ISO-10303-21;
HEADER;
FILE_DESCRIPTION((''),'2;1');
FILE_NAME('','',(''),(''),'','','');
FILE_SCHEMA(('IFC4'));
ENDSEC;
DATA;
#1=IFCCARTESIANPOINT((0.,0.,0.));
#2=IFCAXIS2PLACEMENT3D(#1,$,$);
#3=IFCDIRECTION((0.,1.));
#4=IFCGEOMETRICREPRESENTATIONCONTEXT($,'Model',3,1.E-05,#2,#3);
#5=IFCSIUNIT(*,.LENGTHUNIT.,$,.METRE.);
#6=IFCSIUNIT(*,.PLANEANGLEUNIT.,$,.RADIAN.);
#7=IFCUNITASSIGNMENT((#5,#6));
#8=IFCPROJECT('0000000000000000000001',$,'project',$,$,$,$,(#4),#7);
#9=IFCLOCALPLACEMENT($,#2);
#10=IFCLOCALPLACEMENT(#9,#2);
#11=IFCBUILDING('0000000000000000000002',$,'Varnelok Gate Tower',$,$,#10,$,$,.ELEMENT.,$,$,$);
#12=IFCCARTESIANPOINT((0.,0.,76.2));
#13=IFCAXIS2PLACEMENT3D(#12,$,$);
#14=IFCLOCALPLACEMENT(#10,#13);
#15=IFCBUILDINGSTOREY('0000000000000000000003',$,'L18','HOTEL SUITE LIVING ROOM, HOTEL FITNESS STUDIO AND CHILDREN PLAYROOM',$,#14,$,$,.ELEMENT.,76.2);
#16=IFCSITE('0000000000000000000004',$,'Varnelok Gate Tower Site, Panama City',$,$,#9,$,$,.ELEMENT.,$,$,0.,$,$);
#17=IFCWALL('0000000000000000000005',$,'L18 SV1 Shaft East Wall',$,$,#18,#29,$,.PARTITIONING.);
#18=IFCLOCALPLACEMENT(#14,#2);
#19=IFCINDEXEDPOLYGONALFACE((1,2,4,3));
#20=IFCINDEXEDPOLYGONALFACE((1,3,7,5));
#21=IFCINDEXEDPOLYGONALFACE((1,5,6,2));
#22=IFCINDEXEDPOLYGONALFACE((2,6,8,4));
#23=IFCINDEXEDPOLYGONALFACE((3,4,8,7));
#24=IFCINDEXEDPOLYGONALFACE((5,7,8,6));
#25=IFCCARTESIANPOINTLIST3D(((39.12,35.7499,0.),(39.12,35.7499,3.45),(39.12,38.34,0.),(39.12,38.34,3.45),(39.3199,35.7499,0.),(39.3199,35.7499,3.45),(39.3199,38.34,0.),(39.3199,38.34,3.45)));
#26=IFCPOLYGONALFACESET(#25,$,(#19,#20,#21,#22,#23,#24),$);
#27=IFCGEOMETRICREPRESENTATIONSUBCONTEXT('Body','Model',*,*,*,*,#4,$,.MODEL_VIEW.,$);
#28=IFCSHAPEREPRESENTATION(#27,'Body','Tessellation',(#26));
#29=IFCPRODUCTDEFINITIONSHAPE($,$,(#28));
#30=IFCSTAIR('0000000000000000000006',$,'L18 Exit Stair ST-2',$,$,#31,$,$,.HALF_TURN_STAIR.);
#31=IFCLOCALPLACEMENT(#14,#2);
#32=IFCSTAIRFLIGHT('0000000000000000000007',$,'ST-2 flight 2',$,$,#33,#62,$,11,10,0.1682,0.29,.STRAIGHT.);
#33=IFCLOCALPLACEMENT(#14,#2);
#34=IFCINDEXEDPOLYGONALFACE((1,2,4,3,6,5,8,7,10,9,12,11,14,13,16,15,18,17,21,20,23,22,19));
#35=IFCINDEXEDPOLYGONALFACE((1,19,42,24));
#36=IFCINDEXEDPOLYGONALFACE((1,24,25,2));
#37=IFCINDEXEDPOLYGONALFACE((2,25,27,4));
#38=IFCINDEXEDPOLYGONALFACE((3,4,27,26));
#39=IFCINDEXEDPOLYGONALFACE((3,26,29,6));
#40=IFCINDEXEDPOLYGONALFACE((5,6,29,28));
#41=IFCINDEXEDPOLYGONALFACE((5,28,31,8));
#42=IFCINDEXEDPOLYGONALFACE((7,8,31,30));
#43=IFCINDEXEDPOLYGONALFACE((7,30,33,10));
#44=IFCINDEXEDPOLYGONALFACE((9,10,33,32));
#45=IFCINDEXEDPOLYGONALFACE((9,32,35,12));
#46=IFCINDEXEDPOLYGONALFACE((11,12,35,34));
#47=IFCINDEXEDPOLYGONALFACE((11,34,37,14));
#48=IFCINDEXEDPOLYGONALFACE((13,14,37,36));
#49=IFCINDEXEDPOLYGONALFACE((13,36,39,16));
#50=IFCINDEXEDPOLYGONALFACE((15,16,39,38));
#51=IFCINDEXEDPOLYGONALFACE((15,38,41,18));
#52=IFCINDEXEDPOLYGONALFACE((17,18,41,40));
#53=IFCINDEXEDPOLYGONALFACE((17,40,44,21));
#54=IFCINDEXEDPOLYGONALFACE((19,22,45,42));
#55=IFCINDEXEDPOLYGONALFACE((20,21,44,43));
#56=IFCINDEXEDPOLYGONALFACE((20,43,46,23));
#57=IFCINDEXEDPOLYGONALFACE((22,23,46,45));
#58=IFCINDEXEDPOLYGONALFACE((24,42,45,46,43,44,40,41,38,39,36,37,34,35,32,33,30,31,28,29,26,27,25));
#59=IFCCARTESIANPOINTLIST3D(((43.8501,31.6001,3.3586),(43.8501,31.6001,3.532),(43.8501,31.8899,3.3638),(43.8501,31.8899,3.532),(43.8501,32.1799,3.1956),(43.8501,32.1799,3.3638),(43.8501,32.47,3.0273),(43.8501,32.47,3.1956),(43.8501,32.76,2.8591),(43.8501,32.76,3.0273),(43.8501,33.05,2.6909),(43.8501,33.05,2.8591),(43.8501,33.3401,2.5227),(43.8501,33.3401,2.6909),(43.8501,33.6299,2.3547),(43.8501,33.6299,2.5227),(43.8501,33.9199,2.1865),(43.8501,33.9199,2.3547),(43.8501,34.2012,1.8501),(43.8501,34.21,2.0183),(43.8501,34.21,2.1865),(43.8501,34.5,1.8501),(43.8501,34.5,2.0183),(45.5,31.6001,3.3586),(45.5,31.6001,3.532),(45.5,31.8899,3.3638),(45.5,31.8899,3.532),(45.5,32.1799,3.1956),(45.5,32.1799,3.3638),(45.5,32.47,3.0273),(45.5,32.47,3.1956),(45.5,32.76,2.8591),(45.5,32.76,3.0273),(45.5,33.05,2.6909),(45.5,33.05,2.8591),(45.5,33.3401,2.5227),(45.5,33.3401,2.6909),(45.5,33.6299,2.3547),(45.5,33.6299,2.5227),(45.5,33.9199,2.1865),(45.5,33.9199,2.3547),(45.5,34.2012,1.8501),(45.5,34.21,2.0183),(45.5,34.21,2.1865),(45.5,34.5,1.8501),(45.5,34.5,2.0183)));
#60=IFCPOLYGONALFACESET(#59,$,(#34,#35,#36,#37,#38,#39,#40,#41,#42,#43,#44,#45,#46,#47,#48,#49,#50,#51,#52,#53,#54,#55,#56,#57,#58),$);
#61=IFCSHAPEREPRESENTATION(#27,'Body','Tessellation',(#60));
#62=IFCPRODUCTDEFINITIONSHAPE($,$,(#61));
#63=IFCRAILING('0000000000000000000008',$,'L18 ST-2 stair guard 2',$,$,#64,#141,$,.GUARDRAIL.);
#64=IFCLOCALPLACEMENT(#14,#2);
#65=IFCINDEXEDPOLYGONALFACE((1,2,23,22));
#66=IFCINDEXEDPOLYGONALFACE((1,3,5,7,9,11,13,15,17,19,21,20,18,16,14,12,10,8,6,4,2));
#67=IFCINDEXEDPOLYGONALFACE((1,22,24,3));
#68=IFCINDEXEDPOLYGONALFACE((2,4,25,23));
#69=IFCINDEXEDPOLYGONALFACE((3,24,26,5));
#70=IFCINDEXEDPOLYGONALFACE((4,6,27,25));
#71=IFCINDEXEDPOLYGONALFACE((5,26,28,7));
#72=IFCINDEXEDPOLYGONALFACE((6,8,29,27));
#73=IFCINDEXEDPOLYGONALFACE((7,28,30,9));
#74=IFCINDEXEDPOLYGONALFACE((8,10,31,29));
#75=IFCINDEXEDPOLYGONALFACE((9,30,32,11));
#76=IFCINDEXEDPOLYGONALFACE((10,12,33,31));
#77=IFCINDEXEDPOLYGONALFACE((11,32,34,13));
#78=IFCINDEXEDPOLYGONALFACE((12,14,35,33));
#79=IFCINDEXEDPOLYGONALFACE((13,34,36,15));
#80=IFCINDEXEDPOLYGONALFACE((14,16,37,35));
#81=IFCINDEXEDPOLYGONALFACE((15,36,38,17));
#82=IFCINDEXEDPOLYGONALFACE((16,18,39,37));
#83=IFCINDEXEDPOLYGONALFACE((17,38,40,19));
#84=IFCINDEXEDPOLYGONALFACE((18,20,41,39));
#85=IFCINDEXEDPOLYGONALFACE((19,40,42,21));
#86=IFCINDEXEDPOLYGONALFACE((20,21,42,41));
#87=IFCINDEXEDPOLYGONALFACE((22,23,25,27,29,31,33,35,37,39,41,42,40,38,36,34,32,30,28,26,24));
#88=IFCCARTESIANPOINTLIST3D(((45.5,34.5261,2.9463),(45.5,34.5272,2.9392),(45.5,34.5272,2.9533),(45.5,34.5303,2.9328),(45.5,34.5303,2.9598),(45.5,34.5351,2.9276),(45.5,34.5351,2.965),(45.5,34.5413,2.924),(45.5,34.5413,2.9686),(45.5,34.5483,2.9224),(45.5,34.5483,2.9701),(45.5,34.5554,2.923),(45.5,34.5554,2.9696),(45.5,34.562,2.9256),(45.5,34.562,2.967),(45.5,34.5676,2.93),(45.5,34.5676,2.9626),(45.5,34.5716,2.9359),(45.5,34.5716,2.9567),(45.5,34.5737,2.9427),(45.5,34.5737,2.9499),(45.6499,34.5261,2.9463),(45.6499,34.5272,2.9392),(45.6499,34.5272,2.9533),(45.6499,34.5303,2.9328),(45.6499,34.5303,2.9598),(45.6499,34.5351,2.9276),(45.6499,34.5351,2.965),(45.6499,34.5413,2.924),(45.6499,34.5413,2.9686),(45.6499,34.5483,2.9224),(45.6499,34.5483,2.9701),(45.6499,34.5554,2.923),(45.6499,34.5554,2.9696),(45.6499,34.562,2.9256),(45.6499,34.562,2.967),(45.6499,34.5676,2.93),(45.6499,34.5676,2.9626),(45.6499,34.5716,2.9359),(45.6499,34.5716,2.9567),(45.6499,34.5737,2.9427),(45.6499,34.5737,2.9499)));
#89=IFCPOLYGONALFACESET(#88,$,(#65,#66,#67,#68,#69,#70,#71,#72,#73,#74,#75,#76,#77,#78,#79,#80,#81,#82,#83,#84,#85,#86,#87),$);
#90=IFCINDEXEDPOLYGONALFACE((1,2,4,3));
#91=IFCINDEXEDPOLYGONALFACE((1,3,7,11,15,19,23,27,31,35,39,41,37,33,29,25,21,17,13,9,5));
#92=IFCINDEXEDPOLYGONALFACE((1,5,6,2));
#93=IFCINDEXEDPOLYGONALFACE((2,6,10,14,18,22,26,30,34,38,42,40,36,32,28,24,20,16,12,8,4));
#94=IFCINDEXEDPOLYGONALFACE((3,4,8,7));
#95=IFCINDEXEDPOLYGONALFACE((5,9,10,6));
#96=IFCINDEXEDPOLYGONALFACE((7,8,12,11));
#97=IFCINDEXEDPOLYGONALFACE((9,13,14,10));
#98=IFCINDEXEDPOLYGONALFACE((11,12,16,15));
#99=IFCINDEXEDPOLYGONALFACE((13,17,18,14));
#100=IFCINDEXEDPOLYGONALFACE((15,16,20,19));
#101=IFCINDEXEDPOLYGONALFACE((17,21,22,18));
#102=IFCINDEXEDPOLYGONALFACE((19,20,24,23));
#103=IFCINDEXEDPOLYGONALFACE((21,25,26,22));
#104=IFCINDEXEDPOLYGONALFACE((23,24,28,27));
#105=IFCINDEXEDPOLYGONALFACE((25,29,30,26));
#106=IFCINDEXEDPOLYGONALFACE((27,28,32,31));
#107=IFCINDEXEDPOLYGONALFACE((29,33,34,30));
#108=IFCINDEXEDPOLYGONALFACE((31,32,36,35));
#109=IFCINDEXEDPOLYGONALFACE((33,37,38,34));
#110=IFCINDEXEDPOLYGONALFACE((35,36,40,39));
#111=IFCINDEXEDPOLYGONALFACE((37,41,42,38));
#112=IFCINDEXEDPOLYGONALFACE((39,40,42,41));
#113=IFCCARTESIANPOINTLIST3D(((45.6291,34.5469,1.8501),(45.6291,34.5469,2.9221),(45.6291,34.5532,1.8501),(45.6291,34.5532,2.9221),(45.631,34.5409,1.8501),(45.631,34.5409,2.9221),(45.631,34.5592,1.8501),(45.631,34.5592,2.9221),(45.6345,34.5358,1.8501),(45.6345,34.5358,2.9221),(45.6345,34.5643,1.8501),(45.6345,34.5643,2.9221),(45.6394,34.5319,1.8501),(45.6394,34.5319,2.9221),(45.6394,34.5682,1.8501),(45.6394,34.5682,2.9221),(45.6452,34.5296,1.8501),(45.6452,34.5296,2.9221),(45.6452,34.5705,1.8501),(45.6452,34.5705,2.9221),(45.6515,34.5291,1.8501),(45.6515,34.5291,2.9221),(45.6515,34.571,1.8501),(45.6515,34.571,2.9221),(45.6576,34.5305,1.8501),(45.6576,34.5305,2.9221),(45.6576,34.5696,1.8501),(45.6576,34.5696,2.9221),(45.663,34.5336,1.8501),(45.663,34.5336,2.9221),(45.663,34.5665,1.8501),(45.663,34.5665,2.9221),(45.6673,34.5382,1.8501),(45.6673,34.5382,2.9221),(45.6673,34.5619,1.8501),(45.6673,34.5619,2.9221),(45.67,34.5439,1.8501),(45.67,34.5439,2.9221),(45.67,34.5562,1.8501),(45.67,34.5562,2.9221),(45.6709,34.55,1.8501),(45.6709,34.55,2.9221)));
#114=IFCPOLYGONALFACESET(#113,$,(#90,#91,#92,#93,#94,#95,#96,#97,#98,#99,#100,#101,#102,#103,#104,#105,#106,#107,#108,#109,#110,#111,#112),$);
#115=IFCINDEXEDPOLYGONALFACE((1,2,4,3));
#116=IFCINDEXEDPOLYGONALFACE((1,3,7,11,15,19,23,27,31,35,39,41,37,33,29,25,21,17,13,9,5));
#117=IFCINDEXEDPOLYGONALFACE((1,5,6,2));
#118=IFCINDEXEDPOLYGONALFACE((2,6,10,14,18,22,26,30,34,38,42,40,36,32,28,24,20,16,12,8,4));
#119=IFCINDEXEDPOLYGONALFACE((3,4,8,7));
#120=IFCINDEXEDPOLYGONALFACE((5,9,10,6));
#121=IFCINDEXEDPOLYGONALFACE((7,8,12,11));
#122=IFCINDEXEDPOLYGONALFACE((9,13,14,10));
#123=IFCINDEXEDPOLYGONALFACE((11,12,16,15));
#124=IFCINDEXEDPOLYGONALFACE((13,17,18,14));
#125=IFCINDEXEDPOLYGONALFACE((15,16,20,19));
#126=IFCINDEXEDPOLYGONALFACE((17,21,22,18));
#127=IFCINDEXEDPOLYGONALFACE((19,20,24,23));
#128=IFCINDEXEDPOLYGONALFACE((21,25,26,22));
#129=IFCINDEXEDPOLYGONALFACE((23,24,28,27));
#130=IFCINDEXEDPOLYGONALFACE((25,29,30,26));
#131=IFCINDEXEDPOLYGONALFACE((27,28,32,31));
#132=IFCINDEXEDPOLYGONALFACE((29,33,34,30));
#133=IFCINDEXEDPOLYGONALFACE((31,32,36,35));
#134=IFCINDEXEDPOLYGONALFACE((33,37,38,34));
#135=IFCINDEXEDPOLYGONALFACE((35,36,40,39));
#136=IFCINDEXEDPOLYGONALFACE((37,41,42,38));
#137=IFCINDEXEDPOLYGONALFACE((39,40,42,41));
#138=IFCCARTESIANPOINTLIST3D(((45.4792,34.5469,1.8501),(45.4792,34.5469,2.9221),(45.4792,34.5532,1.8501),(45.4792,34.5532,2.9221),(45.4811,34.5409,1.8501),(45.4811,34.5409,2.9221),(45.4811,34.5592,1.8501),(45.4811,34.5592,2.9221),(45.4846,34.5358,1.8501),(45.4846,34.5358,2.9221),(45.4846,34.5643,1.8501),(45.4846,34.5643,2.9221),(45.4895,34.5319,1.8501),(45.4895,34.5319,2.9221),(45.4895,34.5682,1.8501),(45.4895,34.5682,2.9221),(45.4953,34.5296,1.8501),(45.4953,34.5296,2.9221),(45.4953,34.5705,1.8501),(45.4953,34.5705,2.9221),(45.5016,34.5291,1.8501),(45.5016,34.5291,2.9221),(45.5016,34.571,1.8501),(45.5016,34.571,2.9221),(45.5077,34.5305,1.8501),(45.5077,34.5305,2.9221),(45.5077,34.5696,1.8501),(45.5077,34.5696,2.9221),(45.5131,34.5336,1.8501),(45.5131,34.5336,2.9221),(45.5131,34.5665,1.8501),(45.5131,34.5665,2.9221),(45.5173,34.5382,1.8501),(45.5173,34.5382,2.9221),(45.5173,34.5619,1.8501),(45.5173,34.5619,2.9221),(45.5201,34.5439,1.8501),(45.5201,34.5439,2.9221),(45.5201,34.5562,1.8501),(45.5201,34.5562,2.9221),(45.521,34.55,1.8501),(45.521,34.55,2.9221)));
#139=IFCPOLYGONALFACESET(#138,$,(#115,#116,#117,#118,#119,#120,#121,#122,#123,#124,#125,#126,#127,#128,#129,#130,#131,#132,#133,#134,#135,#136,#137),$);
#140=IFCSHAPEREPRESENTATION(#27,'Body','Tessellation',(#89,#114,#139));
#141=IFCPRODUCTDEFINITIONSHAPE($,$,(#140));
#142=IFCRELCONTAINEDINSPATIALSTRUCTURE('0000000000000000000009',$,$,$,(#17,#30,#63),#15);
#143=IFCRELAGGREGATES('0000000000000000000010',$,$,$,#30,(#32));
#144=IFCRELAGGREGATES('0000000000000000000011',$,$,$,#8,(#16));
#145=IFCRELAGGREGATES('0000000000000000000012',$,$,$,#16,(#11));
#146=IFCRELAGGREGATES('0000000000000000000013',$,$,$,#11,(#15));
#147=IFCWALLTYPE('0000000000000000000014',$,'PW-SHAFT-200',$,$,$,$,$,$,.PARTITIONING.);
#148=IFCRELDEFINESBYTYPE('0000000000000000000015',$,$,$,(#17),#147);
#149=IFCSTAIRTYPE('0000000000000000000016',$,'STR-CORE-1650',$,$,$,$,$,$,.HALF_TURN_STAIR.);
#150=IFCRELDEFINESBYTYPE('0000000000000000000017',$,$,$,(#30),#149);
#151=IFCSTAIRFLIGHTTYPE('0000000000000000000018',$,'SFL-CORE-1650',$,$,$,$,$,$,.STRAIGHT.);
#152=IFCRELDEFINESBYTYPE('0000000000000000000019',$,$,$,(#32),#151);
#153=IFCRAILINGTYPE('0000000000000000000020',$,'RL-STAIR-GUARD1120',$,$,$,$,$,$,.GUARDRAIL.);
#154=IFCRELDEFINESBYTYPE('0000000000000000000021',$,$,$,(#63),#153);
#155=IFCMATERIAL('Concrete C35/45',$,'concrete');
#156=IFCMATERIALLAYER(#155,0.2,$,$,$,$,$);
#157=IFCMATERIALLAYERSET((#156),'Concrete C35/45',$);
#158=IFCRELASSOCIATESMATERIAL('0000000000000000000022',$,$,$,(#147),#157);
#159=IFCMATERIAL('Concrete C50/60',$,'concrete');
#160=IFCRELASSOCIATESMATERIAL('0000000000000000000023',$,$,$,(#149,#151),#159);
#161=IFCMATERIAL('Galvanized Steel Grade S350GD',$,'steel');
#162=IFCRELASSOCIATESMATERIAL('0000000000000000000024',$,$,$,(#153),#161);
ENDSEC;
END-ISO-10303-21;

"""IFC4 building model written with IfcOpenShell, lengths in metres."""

from ifc_helpers import new_model, si_unit, direction, frame, frame_2d, origin, origin_2d, place, context, subcontext, project, spatial, polyline, rectangle, circle, outline, extrude, material, layer, layer_set, type_object, element, aggregate, save


model = new_model("IFC4")

# Units and contexts
model_context = context("Model", 3, precision=1e-05, world=origin(), true_north=direction((0.0, 1.0)))
body_context = subcontext(model_context, "Body", "Model", "MODEL_VIEW")
ifc_project = project(units=[si_unit("LENGTHUNIT", "METRE"), si_unit("PLANEANGLEUNIT", "RADIAN")], contexts=[model_context])

# Site, building, storey
site_placement = place(None, origin())
site = spatial("IfcSite", under=ifc_project, at=site_placement, Name="Varnelok Gate Tower Site, Panama City", CompositionType="ELEMENT", RefElevation=0.0)
building_placement = place(site_placement, origin())
building = spatial("IfcBuilding", under=site, at=building_placement, Name="Varnelok Gate Tower", CompositionType="ELEMENT")
storey_placement = place(building_placement, frame((0.0, 0.0, 76.2)))
storey = spatial("IfcBuildingStorey", under=building, at=storey_placement, Name="L18", Description="HOTEL SUITE LIVING ROOM, HOTEL FITNESS STUDIO AND CHILDREN PLAYROOM", CompositionType="ELEMENT", Elevation=76.2)

# Shared definitions
ifc_material_1 = material(Name="Galvanized Steel Grade S350GD", Category="steel")

# Shared definitions
ifc_material_2 = material(Name="Concrete C35/45", Category="concrete")
ifc_layer_1 = layer(ifc_material_2, 0.2)
ifc_layer_set_1 = layer_set([ifc_layer_1], Name="Concrete C35/45")
wall_type_1 = type_object("IfcWallType", Name="PW-SHAFT-200", PredefinedType="PARTITIONING", material=ifc_layer_set_1)

# Wall
wall_1_placement = place(storey_placement, frame((39.22, 35.75, 0.0), z_axis=(0.0, 0.0, 1.0), x_axis=(0.0, 1.0, 0.0)))
element("IfcWall", 1, at=wall_1_placement, inside=storey, type_object=wall_type_1, Name="L18 SV1 Shaft East Wall", PredefinedType="PARTITIONING", context=body_context, shape_type="SweptSolid", body=[
    extrude(rectangle(XDim=2.5901, YDim=0.2, at=frame_2d((1.2949, 0.0))), origin(), (0.0, 0.0, 1.0), 3.45),
])

# Stair, stair flight
ifc_material_3 = material(Name="Concrete C50/60", Category="concrete")
stair_type = type_object("IfcStairType", Name="STR-CORE-1650", PredefinedType="HALF_TURN_STAIR", material=ifc_material_3)
stair_placement = place(storey_placement, origin())
stair = element("IfcStair", 2, at=stair_placement, inside=storey, type_object=stair_type, Name="L18 Exit Stair ST-2", PredefinedType="HALF_TURN_STAIR")
stair_flight_type = type_object("IfcStairFlightType", Name="SFL-CORE-1650", PredefinedType="STRAIGHT", material=ifc_material_3)
stair_flight_placement = place(storey_placement, frame((44.675, 34.5, 1.8501), z_axis=(0.0, 0.0, 1.0), x_axis=(0.0, -1.0, 0.0)))
stair_flight = element("IfcStairFlight", 3, at=stair_flight_placement, type_object=stair_flight_type, Name="ST-2 flight 2", NumberOfRisers=11, NumberOfTreads=10, PredefinedType="STRAIGHT", RiserHeight=0.1682, TreadLength=0.29, context=body_context, shape_type="SweptSolid", body=[
    extrude(outline(polyline([(0.0, 0.0), (0.0, 0.1682), (0.29, 0.1682), (0.29, 0.3364), (0.5801, 0.3364), (0.5801, 0.5046), (0.8701, 0.5046), (0.8701, 0.6726), (1.1599, 0.6726), (1.1599, 0.8408), (1.45, 0.8408), (1.45, 1.009), (1.74, 1.009), (1.74, 1.1772), (2.03, 1.1772), (2.03, 1.3455), (2.3201, 1.3455), (2.3201, 1.5137), (2.6101, 1.5137), (2.6101, 1.6819), (2.8999, 1.6819), (2.8999, 1.8501), (2.8999, 1.5085), (0.2988, 0.0), (0.0, 0.0)])), frame((0.0, 0.825, 0.0), z_axis=(0.0, -1.0, 0.0), x_axis=(1.0, 0.0, 0.0)), (0.0, 0.0, 1.0), 1.6499),
])
aggregate(stair, [stair_flight])

# Railing
railing_type_1 = type_object("IfcRailingType", Name="RL-STAIR-GUARD1120", PredefinedType="GUARDRAIL", material=ifc_material_1)
railing_1_placement = place(storey_placement, frame((45.6499, 34.55, 1.8501)))
element("IfcRailing", 4, at=railing_1_placement, inside=storey, type_object=railing_type_1, Name="L18 ST-2 stair guard 2", PredefinedType="GUARDRAIL", context=body_context, shape_type="SweptSolid", body=[
    extrude(circle(Radius=0.0239, at=origin_2d()), frame((0.0, 0.0, 1.0962), z_axis=(-1.0, 0.0, 0.0), x_axis=(0.0, -1.0, 0.0)), (0.0, 0.0, 1.0), 0.1499),
    extrude(circle(Radius=0.021, at=origin_2d()), origin(), (0.0, 0.0, 1.0), 1.072),
    extrude(circle(Radius=0.021, at=origin_2d()), frame((-0.1499, 0.0, 0.0)), (0.0, 0.0, 1.0), 1.072),
])

save(model, "model.ifc")
